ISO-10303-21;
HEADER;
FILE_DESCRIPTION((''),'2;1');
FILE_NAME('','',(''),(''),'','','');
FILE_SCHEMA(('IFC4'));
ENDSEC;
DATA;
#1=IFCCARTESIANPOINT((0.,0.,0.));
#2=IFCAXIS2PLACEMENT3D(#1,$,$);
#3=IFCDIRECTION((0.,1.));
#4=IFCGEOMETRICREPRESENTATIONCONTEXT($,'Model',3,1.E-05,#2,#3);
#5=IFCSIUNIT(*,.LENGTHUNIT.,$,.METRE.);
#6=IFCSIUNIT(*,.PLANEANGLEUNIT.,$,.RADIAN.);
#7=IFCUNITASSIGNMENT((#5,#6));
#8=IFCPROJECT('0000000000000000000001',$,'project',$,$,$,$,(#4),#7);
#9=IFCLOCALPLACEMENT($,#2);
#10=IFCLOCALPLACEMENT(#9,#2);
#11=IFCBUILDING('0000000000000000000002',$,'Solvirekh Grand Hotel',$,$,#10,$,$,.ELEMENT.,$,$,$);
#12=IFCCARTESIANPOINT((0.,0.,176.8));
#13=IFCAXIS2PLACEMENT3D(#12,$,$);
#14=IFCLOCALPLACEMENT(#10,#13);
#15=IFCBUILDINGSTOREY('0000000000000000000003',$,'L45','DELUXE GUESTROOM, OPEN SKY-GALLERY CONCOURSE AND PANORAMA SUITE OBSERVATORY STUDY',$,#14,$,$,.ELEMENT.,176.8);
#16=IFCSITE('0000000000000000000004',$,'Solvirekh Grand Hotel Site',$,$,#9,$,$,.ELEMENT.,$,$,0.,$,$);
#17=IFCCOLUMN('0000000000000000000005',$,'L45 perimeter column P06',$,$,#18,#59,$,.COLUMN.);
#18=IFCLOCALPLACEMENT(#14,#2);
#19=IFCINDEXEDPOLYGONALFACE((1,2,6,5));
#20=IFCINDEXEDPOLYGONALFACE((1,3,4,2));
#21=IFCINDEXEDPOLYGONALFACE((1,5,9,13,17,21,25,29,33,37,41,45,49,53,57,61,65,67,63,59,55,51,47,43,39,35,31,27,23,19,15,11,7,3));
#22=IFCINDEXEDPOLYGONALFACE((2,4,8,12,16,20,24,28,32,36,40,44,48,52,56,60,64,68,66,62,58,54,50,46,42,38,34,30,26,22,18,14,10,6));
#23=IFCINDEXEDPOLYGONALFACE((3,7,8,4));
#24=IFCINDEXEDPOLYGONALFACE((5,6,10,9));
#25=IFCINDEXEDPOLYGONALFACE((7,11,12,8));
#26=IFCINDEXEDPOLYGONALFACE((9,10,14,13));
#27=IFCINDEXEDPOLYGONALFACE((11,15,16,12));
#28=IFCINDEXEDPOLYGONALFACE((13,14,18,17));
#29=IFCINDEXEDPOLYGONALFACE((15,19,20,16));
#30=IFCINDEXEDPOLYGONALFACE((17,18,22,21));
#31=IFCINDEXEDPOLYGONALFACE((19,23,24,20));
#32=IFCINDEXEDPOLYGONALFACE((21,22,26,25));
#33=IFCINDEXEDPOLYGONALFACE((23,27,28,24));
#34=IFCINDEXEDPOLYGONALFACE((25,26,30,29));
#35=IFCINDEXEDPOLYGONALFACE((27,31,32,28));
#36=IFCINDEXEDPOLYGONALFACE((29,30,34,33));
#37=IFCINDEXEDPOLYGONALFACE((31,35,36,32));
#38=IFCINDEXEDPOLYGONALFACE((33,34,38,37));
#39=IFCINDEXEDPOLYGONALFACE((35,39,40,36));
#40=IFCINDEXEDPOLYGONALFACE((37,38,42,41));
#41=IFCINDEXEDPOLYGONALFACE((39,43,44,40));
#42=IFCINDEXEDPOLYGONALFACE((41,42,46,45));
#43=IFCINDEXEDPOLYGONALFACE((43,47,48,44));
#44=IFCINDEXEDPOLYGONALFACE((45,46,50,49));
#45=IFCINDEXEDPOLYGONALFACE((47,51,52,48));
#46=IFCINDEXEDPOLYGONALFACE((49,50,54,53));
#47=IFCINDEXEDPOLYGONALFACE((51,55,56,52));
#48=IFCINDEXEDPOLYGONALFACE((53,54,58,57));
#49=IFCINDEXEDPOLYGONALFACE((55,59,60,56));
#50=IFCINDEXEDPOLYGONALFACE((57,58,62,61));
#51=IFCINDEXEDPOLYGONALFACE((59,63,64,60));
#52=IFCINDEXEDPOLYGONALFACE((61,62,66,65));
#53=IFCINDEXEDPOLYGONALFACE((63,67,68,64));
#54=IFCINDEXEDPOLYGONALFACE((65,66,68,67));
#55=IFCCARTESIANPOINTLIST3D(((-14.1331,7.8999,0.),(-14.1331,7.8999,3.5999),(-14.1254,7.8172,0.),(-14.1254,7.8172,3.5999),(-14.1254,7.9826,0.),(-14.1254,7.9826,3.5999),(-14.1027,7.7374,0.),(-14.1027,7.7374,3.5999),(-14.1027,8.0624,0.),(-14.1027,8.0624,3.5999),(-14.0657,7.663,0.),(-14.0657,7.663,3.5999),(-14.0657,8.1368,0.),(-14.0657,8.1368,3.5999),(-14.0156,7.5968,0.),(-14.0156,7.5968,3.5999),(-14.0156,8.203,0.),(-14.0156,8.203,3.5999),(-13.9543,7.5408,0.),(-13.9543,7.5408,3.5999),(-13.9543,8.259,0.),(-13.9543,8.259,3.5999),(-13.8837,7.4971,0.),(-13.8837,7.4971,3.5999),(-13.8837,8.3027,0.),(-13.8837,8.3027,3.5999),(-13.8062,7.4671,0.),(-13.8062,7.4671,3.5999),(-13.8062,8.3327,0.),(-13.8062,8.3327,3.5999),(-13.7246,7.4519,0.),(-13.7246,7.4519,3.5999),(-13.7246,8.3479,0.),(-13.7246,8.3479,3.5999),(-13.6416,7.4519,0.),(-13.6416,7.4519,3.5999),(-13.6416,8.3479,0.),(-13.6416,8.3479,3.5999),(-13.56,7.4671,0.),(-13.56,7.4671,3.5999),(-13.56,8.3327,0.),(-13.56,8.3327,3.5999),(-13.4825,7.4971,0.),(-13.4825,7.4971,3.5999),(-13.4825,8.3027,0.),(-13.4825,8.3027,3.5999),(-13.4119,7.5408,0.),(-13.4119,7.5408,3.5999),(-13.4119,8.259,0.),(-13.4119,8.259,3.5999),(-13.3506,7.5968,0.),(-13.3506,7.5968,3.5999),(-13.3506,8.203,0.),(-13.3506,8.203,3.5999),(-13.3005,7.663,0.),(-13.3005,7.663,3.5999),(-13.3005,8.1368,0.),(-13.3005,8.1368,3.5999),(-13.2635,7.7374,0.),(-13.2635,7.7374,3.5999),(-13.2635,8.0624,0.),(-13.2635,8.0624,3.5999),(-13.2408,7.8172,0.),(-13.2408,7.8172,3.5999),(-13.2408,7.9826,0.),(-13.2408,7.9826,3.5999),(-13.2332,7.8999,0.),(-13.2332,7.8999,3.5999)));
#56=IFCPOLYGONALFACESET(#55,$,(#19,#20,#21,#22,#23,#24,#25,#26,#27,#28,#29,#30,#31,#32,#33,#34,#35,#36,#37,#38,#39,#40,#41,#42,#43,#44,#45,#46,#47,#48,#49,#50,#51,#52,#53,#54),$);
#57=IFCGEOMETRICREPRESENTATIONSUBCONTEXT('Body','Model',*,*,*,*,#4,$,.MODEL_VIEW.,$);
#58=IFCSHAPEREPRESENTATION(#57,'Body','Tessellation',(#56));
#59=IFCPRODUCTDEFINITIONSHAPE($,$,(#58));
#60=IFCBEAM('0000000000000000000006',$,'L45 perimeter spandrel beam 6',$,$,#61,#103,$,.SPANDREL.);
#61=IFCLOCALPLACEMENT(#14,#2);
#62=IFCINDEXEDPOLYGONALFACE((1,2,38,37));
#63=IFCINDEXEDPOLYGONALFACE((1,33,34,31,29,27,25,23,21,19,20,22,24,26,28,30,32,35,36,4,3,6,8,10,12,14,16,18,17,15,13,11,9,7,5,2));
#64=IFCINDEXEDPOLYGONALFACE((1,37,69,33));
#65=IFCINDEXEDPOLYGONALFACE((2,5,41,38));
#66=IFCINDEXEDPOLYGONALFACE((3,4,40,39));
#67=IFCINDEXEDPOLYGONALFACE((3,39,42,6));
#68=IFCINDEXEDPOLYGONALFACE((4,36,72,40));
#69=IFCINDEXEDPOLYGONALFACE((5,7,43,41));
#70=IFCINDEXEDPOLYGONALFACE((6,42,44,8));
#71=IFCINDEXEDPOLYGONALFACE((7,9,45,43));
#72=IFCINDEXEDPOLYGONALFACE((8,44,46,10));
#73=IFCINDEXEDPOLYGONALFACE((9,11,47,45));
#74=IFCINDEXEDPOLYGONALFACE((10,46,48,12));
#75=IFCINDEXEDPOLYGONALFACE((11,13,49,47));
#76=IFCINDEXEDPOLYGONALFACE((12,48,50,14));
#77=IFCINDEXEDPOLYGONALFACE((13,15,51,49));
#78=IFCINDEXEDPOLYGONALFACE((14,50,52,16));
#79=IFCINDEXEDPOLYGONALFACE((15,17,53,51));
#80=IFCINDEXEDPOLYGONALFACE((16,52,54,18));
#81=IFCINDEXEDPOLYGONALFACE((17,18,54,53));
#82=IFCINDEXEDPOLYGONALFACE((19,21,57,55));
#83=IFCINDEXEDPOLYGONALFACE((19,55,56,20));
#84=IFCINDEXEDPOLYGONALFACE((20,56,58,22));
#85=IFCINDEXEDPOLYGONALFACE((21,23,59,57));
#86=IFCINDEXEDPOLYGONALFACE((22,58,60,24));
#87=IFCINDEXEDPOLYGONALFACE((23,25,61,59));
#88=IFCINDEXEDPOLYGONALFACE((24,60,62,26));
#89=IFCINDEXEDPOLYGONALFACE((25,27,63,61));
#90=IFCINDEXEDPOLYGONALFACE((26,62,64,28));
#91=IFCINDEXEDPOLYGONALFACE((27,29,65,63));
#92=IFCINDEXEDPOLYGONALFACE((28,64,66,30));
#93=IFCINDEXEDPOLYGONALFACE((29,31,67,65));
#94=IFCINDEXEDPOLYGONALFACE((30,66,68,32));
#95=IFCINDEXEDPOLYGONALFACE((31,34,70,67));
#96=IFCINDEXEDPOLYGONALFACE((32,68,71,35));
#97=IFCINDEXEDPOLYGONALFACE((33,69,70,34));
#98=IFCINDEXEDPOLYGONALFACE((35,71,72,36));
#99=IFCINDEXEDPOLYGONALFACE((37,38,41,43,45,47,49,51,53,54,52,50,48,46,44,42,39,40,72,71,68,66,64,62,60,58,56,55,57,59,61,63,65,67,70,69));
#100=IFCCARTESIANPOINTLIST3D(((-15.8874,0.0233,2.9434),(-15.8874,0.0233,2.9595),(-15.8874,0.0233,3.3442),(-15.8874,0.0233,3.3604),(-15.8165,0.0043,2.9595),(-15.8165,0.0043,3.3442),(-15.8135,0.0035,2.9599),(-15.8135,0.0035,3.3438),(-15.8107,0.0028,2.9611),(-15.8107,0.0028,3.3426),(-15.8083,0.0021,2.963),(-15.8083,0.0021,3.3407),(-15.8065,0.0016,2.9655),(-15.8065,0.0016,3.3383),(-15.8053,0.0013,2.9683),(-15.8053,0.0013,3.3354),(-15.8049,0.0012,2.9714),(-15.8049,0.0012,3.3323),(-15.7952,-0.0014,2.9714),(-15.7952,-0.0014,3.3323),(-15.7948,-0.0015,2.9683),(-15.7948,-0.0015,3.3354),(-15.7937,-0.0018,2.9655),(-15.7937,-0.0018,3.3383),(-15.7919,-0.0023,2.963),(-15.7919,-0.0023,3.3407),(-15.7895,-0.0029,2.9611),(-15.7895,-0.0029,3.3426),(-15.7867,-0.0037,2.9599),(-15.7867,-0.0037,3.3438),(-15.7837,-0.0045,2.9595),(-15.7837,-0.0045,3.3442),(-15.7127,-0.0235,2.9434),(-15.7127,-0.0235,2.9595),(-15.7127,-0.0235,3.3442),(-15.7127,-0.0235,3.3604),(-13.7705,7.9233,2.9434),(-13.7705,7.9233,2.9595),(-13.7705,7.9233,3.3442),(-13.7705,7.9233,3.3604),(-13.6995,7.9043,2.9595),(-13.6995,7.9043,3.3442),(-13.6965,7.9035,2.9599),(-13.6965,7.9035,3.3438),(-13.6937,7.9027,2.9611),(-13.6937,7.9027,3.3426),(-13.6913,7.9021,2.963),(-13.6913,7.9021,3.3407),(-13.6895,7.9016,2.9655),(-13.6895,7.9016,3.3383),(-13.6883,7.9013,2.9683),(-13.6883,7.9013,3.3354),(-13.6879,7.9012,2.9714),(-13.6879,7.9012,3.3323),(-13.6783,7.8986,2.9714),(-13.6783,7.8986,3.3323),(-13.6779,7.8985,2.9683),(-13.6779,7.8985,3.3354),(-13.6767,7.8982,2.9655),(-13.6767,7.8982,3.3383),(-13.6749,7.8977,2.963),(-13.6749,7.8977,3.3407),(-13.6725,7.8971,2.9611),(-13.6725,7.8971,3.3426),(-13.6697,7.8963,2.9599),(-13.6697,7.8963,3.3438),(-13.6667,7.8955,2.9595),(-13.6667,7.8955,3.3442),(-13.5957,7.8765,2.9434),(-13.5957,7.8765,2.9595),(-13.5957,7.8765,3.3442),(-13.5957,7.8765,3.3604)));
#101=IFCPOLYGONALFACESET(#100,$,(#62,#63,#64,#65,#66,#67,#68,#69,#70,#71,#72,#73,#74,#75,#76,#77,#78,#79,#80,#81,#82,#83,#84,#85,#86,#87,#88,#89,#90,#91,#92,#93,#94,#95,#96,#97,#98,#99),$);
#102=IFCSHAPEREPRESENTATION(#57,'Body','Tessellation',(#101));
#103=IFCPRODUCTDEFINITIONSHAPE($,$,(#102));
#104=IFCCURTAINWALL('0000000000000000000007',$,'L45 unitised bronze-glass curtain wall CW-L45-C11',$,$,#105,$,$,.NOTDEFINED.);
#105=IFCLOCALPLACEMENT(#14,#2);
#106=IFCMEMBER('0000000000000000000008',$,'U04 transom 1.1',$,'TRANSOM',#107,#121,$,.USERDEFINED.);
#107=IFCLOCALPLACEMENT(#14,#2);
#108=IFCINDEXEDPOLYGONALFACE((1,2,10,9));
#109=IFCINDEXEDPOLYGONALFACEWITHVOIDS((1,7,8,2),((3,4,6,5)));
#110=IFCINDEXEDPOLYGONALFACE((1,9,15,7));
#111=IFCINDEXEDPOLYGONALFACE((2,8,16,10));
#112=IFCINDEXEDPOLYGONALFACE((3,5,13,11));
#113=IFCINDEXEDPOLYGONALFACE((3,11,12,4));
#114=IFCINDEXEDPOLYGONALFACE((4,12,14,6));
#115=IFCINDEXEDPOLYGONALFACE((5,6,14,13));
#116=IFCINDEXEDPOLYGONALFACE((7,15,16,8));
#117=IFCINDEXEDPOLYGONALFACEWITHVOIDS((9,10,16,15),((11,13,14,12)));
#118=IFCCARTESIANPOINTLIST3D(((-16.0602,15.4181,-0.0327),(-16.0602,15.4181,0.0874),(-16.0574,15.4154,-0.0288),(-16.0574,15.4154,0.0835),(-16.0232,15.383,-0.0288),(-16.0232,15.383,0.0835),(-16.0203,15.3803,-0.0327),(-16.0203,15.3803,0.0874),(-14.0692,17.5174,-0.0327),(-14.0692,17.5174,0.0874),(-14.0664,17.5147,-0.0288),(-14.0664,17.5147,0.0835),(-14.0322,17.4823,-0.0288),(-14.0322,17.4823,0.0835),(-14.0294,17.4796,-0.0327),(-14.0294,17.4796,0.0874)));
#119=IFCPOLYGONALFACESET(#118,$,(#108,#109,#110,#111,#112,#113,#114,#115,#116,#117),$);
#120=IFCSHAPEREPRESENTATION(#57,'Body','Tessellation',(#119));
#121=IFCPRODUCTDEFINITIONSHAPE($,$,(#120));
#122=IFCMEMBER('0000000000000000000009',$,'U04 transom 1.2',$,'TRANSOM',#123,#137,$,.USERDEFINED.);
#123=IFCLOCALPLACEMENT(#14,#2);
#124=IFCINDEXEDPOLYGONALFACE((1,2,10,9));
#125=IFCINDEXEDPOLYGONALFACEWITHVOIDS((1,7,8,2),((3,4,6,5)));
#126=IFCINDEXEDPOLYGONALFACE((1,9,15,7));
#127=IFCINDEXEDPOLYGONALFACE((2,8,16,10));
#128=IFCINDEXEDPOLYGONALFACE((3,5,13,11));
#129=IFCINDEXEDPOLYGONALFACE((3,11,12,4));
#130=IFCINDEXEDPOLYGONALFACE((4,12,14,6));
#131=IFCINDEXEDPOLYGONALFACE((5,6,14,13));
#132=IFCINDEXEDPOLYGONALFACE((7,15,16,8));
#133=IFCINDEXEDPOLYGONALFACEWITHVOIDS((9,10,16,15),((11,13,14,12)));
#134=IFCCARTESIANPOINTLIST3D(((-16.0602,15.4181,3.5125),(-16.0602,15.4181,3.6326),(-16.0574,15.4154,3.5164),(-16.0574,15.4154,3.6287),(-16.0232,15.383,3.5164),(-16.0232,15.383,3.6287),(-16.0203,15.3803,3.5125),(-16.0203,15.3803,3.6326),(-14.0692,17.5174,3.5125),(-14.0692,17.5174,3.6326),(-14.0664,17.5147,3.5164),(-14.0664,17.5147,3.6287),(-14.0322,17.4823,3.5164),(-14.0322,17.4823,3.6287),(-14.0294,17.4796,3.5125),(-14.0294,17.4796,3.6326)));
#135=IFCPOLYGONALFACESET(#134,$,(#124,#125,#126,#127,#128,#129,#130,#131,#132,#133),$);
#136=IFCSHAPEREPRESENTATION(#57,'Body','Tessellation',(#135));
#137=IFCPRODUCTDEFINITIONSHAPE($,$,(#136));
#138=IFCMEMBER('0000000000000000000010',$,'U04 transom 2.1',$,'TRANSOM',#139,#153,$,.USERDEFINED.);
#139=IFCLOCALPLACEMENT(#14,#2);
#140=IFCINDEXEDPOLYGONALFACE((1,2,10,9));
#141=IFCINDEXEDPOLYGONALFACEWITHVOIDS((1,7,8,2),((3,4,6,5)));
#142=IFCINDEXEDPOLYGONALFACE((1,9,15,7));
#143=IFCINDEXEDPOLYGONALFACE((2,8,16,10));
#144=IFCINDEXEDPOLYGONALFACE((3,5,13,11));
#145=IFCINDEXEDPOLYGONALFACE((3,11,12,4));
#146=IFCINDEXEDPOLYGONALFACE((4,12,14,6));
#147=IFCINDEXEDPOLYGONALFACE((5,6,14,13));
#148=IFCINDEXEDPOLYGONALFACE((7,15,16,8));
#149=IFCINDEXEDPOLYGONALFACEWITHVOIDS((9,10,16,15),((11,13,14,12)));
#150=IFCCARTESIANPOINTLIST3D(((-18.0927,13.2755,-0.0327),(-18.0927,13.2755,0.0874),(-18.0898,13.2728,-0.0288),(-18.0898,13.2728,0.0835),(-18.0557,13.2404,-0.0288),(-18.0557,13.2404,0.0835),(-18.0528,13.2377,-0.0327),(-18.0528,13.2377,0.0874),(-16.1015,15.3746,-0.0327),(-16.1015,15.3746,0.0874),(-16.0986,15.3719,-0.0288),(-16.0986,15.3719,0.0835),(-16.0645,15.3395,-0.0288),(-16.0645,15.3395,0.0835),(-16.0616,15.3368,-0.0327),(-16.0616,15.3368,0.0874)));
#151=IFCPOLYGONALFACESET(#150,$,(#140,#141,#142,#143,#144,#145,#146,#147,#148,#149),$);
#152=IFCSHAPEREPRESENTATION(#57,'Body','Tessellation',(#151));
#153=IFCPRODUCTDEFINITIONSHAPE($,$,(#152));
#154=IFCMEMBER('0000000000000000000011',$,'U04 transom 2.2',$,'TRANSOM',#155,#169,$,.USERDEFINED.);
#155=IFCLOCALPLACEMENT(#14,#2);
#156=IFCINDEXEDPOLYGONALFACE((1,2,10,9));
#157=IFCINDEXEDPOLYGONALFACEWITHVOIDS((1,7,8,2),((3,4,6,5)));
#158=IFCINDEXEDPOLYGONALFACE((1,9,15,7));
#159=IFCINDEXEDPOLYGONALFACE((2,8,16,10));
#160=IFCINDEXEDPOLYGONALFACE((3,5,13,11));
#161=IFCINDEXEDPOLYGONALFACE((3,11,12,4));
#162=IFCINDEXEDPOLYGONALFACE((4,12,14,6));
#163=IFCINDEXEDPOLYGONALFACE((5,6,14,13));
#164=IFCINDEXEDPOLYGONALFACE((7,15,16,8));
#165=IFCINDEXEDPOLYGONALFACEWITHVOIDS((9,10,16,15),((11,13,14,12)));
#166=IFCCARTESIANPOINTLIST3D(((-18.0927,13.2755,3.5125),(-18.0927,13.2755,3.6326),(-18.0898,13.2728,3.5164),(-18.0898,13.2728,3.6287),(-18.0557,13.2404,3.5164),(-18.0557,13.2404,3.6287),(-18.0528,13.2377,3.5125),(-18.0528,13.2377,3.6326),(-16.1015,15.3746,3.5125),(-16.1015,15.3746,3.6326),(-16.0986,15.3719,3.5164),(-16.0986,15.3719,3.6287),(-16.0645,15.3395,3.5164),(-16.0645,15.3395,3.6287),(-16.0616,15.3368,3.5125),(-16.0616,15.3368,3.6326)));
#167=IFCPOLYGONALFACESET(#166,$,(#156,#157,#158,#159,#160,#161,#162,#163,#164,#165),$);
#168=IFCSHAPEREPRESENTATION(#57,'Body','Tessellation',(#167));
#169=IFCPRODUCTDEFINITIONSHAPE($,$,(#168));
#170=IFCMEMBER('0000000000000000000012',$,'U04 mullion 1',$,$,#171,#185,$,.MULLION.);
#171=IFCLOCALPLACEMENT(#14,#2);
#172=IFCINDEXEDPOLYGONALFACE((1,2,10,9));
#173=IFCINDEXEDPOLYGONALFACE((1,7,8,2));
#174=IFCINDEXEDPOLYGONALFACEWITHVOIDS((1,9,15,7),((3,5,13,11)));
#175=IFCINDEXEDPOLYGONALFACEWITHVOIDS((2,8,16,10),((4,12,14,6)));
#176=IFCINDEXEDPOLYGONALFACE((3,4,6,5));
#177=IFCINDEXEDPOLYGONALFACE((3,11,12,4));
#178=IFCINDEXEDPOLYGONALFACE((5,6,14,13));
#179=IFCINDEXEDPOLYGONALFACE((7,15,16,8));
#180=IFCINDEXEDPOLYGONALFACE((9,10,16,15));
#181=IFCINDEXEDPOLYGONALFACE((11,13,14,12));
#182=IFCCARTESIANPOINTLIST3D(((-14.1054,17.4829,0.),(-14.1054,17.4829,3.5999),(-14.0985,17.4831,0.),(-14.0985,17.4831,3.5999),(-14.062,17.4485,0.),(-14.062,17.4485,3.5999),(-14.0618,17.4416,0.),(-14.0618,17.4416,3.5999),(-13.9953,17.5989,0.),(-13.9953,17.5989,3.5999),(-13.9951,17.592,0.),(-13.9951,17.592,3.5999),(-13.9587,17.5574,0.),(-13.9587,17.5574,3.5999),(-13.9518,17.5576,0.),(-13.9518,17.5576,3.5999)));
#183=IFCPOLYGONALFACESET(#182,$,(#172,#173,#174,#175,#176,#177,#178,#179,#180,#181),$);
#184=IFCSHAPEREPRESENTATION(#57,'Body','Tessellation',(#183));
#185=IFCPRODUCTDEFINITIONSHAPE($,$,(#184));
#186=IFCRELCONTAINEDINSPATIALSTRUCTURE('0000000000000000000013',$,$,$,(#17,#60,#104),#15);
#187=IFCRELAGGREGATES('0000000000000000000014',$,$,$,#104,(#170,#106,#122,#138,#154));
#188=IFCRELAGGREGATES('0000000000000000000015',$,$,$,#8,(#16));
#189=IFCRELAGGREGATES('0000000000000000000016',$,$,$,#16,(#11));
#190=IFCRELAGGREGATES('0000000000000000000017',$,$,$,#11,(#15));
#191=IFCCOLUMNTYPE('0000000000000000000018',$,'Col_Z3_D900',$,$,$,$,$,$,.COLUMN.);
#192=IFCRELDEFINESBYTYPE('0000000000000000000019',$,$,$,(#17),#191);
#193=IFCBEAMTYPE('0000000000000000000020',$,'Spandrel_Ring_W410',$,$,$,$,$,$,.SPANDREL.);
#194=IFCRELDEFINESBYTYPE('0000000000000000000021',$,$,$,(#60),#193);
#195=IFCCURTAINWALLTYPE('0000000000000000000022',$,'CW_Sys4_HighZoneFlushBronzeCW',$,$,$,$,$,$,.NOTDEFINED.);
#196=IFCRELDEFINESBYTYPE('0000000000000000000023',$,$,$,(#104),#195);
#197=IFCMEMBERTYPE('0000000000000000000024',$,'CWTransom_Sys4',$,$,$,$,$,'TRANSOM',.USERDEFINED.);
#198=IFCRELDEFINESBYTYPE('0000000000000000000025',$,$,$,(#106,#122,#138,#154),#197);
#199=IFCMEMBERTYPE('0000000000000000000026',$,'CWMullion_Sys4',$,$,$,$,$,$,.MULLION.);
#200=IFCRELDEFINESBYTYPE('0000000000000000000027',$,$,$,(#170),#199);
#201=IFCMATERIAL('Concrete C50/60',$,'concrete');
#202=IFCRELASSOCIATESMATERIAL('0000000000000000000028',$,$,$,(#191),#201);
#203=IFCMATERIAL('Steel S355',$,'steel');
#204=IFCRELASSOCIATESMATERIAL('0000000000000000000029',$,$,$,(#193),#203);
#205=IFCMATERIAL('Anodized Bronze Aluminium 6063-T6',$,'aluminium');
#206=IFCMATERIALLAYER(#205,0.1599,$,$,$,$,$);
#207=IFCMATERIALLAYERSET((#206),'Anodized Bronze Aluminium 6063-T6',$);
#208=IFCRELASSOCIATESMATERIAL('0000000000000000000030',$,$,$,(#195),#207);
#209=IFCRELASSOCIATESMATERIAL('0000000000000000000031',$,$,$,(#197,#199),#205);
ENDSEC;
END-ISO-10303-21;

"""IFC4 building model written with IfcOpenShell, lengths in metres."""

from ifc_helpers import new_model, si_unit, direction, frame, origin, origin_2d, place, context, subcontext, project, spatial, hollow_rectangle, circle, i_section, extrude, source, transform, mapped, material, layer, layer_set, material_profile, profile_set, type_object, element, aggregate, save


model = new_model("IFC4")

# Units and contexts
model_context = context("Model", 3, precision=1e-05, world=origin(), true_north=direction((0.0, 1.0)))
body_context = subcontext(model_context, "Body", "Model", "MODEL_VIEW")
ifc_project = project(units=[si_unit("LENGTHUNIT", "METRE"), si_unit("PLANEANGLEUNIT", "RADIAN")], contexts=[model_context])

# Site, building, storey
site_placement = place(None, origin())
site = spatial("IfcSite", under=ifc_project, at=site_placement, Name="Solvirekh Grand Hotel Site", CompositionType="ELEMENT", RefElevation=0.0)
building_placement = place(site_placement, origin())
building = spatial("IfcBuilding", under=site, at=building_placement, Name="Solvirekh Grand Hotel", CompositionType="ELEMENT")
storey_placement = place(building_placement, frame((0.0, 0.0, 176.8)))
storey = spatial("IfcBuildingStorey", under=building, at=storey_placement, Name="L45", Description="DELUXE GUESTROOM, OPEN SKY-GALLERY CONCOURSE AND PANORAMA SUITE OBSERVATORY STUDY", CompositionType="ELEMENT", Elevation=176.8)

# Column
ifc_material_1 = material(Name="Concrete C50/60", Category="concrete")
ifc_material_profile_1 = material_profile(ifc_material_1, circle(Radius=0.45, at=origin_2d()), Name="RC CIRC D900")
ifc_profile_set_1 = profile_set([ifc_material_profile_1], Name="Concrete C50/60")
column_type = type_object("IfcColumnType", Name="Col_Z3_D900", PredefinedType="COLUMN", material=ifc_profile_set_1)
column_placement = place(storey_placement, frame((-13.6831, 7.8999, 0.0), z_axis=(0.0, 0.0, 1.0), x_axis=(1.0, 0.0, 0.0)))
element("IfcColumn", 1, at=column_placement, inside=storey, type_object=column_type, Name="L45 perimeter column P06", PredefinedType="COLUMN", context=body_context, shape_type="SweptSolid", body=[
    extrude(circle(Radius=0.45, at=origin_2d()), origin(), (0.0, 0.0, 1.0), 3.5999),
])

# Beam
ifc_material_2 = material(Name="Steel S355", Category="steel")
ifc_material_profile_2 = material_profile(ifc_material_2, i_section(OverallWidth=0.1809, OverallDepth=0.417, WebThickness=0.01, FlangeThickness=0.0161, FilletRadius=0.012, at=origin_2d()), Name="W410X85")
ifc_profile_set_2 = profile_set([ifc_material_profile_2], Name="Steel S355")
beam_type = type_object("IfcBeamType", Name="Spandrel_Ring_W410", PredefinedType="SPANDREL", material=ifc_profile_set_2)
beam_placement = place(storey_placement, frame((-13.6831, 7.8999, 3.1519), z_axis=(-0.258839, -0.965921, 0.0), x_axis=(0.965921, -0.258839, 0.0)))
element("IfcBeam", 2, at=beam_placement, inside=storey, type_object=beam_type, Name="L45 perimeter spandrel beam 6", PredefinedType="SPANDREL", context=body_context, shape_type="SweptSolid", body=[
    extrude(i_section(OverallWidth=0.1809, OverallDepth=0.417, WebThickness=0.01, FlangeThickness=0.0161, FilletRadius=0.012, at=origin_2d()), origin(), (0.0, 0.0, 1.0), 8.1787),
])

# Curtain wall, members
ifc_material_3 = material(Name="Anodized Bronze Aluminium 6063-T6", Category="aluminium")
ifc_layer_1 = layer(ifc_material_3, 0.1599)
ifc_layer_set_1 = layer_set([ifc_layer_1], Name="Anodized Bronze Aluminium 6063-T6")
curtain_wall_type = type_object("IfcCurtainWallType", Name="CW_Sys4_HighZoneFlushBronzeCW", PredefinedType="NOTDEFINED", material=ifc_layer_set_1)
curtain_wall_1_placement = place(storey_placement, origin())
curtain_wall_1 = element("IfcCurtainWall", 3, at=curtain_wall_1_placement, inside=storey, type_object=curtain_wall_type, Name="L45 unitised bronze-glass curtain wall CW-L45-C11", PredefinedType="NOTDEFINED")
ifc_material_profile_3 = material_profile(ifc_material_3, hollow_rectangle(XDim=0.0549, YDim=0.1201, WallThickness=0.0039, at=origin_2d()), Name="ALU RHS 120X55X4")
ifc_profile_set_3 = profile_set([ifc_material_profile_3], Name="Anodized Bronze Aluminium 6063-T6")
member_type_1 = type_object("IfcMemberType", Name="CWTransom_Sys4", ElementType="TRANSOM", PredefinedType="USERDEFINED", material=ifc_profile_set_3)
shared_shape_1 = source(origin(), body_context, "Body", "SweptSolid", [
    extrude(hollow_rectangle(XDim=0.0549, YDim=0.1201, WallThickness=0.0039, at=origin_2d()), origin(), (0.0, 0.0, 1.0), 2.8933),
])
member_1_placement = place(storey_placement, frame((-14.0493, 17.4985, 0.0273), z_axis=(-0.688126, -0.725591, 0.0), x_axis=(0.725591, -0.688126, 0.0)))
member_1 = element("IfcMember", 4, at=member_1_placement, type_object=member_type_1, Name="U04 transom 1.1", ObjectType="TRANSOM", PredefinedType="USERDEFINED", context=body_context, shape_type="MappedRepresentation", body=[
    mapped(shared_shape_1, transform((0.0, 0.0, 0.0), x_axis=(1.0, 0.0, 0.0), y_axis=(0.0, 1.0, 0.0), z_axis=(0.0, 0.0, 1.0), scale=1.0)),
])
member_2_placement = place(storey_placement, frame((-14.0493, 17.4985, 3.5725), z_axis=(-0.688126, -0.725591, 0.0), x_axis=(0.725591, -0.688126, 0.0)))
member_2 = element("IfcMember", 5, at=member_2_placement, type_object=member_type_1, Name="U04 transom 1.2", ObjectType="TRANSOM", PredefinedType="USERDEFINED", context=body_context, shape_type="MappedRepresentation", body=[
    mapped(shared_shape_1, transform((0.0, 0.0, 0.0), x_axis=(1.0, 0.0, 0.0), y_axis=(0.0, 1.0, 0.0), z_axis=(0.0, 0.0, 1.0), scale=1.0)),
])
member_3_placement = place(storey_placement, frame((-16.0815, 15.3557, 0.0273), z_axis=(-0.688213, -0.725509, 0.0), x_axis=(0.725509, -0.688213, 0.0)))
member_3 = element("IfcMember", 6, at=member_3_placement, type_object=member_type_1, Name="U04 transom 2.1", ObjectType="TRANSOM", PredefinedType="USERDEFINED", context=body_context, shape_type="MappedRepresentation", body=[
    mapped(shared_shape_1, transform((0.0, 0.0, 0.0), x_axis=(1.0, 0.0, 0.0), y_axis=(0.0, 1.0, 0.0), z_axis=(0.0, 0.0, 1.0), scale=1.0)),
])
member_4_placement = place(storey_placement, frame((-16.0815, 15.3557, 3.5725), z_axis=(-0.688213, -0.725509, 0.0), x_axis=(0.725509, -0.688213, 0.0)))
member_4 = element("IfcMember", 7, at=member_4_placement, type_object=member_type_1, Name="U04 transom 2.2", ObjectType="TRANSOM", PredefinedType="USERDEFINED", context=body_context, shape_type="MappedRepresentation", body=[
    mapped(shared_shape_1, transform((0.0, 0.0, 0.0), x_axis=(1.0, 0.0, 0.0), y_axis=(0.0, 1.0, 0.0), z_axis=(0.0, 0.0, 1.0), scale=1.0)),
])
ifc_material_profile_4 = material_profile(ifc_material_3, hollow_rectangle(XDim=0.0601, YDim=0.1599, WallThickness=0.0049, at=origin_2d()), Name="ALU RHS 160X60X5")
ifc_profile_set_4 = profile_set([ifc_material_profile_4], Name="Anodized Bronze Aluminium 6063-T6")
member_type_2 = type_object("IfcMemberType", Name="CWMullion_Sys4", PredefinedType="MULLION", material=ifc_profile_set_4)
shared_shape_2 = source(origin(), body_context, "Body", "SweptSolid", [
    extrude(hollow_rectangle(XDim=0.0601, YDim=0.1599, WallThickness=0.0049, at=origin_2d()), origin(), (0.0, 0.0, 1.0), 3.5999),
])
member_5_placement = place(storey_placement, frame((-14.0286, 17.5203, 0.0), z_axis=(0.0, 0.0, 1.0), x_axis=(0.725547, -0.688172, 0.0)))
member_5 = element("IfcMember", 8, at=member_5_placement, type_object=member_type_2, Name="U04 mullion 1", PredefinedType="MULLION", context=body_context, shape_type="MappedRepresentation", body=[
    mapped(shared_shape_2, transform((0.0, 0.0, 0.0), x_axis=(1.0, 0.0, 0.0), y_axis=(0.0, 1.0, 0.0), z_axis=(0.0, 0.0, 1.0), scale=1.0)),
])

aggregate(curtain_wall_1, [member_5, member_1, member_2, member_3, member_4])

save(model, "model.ifc")
